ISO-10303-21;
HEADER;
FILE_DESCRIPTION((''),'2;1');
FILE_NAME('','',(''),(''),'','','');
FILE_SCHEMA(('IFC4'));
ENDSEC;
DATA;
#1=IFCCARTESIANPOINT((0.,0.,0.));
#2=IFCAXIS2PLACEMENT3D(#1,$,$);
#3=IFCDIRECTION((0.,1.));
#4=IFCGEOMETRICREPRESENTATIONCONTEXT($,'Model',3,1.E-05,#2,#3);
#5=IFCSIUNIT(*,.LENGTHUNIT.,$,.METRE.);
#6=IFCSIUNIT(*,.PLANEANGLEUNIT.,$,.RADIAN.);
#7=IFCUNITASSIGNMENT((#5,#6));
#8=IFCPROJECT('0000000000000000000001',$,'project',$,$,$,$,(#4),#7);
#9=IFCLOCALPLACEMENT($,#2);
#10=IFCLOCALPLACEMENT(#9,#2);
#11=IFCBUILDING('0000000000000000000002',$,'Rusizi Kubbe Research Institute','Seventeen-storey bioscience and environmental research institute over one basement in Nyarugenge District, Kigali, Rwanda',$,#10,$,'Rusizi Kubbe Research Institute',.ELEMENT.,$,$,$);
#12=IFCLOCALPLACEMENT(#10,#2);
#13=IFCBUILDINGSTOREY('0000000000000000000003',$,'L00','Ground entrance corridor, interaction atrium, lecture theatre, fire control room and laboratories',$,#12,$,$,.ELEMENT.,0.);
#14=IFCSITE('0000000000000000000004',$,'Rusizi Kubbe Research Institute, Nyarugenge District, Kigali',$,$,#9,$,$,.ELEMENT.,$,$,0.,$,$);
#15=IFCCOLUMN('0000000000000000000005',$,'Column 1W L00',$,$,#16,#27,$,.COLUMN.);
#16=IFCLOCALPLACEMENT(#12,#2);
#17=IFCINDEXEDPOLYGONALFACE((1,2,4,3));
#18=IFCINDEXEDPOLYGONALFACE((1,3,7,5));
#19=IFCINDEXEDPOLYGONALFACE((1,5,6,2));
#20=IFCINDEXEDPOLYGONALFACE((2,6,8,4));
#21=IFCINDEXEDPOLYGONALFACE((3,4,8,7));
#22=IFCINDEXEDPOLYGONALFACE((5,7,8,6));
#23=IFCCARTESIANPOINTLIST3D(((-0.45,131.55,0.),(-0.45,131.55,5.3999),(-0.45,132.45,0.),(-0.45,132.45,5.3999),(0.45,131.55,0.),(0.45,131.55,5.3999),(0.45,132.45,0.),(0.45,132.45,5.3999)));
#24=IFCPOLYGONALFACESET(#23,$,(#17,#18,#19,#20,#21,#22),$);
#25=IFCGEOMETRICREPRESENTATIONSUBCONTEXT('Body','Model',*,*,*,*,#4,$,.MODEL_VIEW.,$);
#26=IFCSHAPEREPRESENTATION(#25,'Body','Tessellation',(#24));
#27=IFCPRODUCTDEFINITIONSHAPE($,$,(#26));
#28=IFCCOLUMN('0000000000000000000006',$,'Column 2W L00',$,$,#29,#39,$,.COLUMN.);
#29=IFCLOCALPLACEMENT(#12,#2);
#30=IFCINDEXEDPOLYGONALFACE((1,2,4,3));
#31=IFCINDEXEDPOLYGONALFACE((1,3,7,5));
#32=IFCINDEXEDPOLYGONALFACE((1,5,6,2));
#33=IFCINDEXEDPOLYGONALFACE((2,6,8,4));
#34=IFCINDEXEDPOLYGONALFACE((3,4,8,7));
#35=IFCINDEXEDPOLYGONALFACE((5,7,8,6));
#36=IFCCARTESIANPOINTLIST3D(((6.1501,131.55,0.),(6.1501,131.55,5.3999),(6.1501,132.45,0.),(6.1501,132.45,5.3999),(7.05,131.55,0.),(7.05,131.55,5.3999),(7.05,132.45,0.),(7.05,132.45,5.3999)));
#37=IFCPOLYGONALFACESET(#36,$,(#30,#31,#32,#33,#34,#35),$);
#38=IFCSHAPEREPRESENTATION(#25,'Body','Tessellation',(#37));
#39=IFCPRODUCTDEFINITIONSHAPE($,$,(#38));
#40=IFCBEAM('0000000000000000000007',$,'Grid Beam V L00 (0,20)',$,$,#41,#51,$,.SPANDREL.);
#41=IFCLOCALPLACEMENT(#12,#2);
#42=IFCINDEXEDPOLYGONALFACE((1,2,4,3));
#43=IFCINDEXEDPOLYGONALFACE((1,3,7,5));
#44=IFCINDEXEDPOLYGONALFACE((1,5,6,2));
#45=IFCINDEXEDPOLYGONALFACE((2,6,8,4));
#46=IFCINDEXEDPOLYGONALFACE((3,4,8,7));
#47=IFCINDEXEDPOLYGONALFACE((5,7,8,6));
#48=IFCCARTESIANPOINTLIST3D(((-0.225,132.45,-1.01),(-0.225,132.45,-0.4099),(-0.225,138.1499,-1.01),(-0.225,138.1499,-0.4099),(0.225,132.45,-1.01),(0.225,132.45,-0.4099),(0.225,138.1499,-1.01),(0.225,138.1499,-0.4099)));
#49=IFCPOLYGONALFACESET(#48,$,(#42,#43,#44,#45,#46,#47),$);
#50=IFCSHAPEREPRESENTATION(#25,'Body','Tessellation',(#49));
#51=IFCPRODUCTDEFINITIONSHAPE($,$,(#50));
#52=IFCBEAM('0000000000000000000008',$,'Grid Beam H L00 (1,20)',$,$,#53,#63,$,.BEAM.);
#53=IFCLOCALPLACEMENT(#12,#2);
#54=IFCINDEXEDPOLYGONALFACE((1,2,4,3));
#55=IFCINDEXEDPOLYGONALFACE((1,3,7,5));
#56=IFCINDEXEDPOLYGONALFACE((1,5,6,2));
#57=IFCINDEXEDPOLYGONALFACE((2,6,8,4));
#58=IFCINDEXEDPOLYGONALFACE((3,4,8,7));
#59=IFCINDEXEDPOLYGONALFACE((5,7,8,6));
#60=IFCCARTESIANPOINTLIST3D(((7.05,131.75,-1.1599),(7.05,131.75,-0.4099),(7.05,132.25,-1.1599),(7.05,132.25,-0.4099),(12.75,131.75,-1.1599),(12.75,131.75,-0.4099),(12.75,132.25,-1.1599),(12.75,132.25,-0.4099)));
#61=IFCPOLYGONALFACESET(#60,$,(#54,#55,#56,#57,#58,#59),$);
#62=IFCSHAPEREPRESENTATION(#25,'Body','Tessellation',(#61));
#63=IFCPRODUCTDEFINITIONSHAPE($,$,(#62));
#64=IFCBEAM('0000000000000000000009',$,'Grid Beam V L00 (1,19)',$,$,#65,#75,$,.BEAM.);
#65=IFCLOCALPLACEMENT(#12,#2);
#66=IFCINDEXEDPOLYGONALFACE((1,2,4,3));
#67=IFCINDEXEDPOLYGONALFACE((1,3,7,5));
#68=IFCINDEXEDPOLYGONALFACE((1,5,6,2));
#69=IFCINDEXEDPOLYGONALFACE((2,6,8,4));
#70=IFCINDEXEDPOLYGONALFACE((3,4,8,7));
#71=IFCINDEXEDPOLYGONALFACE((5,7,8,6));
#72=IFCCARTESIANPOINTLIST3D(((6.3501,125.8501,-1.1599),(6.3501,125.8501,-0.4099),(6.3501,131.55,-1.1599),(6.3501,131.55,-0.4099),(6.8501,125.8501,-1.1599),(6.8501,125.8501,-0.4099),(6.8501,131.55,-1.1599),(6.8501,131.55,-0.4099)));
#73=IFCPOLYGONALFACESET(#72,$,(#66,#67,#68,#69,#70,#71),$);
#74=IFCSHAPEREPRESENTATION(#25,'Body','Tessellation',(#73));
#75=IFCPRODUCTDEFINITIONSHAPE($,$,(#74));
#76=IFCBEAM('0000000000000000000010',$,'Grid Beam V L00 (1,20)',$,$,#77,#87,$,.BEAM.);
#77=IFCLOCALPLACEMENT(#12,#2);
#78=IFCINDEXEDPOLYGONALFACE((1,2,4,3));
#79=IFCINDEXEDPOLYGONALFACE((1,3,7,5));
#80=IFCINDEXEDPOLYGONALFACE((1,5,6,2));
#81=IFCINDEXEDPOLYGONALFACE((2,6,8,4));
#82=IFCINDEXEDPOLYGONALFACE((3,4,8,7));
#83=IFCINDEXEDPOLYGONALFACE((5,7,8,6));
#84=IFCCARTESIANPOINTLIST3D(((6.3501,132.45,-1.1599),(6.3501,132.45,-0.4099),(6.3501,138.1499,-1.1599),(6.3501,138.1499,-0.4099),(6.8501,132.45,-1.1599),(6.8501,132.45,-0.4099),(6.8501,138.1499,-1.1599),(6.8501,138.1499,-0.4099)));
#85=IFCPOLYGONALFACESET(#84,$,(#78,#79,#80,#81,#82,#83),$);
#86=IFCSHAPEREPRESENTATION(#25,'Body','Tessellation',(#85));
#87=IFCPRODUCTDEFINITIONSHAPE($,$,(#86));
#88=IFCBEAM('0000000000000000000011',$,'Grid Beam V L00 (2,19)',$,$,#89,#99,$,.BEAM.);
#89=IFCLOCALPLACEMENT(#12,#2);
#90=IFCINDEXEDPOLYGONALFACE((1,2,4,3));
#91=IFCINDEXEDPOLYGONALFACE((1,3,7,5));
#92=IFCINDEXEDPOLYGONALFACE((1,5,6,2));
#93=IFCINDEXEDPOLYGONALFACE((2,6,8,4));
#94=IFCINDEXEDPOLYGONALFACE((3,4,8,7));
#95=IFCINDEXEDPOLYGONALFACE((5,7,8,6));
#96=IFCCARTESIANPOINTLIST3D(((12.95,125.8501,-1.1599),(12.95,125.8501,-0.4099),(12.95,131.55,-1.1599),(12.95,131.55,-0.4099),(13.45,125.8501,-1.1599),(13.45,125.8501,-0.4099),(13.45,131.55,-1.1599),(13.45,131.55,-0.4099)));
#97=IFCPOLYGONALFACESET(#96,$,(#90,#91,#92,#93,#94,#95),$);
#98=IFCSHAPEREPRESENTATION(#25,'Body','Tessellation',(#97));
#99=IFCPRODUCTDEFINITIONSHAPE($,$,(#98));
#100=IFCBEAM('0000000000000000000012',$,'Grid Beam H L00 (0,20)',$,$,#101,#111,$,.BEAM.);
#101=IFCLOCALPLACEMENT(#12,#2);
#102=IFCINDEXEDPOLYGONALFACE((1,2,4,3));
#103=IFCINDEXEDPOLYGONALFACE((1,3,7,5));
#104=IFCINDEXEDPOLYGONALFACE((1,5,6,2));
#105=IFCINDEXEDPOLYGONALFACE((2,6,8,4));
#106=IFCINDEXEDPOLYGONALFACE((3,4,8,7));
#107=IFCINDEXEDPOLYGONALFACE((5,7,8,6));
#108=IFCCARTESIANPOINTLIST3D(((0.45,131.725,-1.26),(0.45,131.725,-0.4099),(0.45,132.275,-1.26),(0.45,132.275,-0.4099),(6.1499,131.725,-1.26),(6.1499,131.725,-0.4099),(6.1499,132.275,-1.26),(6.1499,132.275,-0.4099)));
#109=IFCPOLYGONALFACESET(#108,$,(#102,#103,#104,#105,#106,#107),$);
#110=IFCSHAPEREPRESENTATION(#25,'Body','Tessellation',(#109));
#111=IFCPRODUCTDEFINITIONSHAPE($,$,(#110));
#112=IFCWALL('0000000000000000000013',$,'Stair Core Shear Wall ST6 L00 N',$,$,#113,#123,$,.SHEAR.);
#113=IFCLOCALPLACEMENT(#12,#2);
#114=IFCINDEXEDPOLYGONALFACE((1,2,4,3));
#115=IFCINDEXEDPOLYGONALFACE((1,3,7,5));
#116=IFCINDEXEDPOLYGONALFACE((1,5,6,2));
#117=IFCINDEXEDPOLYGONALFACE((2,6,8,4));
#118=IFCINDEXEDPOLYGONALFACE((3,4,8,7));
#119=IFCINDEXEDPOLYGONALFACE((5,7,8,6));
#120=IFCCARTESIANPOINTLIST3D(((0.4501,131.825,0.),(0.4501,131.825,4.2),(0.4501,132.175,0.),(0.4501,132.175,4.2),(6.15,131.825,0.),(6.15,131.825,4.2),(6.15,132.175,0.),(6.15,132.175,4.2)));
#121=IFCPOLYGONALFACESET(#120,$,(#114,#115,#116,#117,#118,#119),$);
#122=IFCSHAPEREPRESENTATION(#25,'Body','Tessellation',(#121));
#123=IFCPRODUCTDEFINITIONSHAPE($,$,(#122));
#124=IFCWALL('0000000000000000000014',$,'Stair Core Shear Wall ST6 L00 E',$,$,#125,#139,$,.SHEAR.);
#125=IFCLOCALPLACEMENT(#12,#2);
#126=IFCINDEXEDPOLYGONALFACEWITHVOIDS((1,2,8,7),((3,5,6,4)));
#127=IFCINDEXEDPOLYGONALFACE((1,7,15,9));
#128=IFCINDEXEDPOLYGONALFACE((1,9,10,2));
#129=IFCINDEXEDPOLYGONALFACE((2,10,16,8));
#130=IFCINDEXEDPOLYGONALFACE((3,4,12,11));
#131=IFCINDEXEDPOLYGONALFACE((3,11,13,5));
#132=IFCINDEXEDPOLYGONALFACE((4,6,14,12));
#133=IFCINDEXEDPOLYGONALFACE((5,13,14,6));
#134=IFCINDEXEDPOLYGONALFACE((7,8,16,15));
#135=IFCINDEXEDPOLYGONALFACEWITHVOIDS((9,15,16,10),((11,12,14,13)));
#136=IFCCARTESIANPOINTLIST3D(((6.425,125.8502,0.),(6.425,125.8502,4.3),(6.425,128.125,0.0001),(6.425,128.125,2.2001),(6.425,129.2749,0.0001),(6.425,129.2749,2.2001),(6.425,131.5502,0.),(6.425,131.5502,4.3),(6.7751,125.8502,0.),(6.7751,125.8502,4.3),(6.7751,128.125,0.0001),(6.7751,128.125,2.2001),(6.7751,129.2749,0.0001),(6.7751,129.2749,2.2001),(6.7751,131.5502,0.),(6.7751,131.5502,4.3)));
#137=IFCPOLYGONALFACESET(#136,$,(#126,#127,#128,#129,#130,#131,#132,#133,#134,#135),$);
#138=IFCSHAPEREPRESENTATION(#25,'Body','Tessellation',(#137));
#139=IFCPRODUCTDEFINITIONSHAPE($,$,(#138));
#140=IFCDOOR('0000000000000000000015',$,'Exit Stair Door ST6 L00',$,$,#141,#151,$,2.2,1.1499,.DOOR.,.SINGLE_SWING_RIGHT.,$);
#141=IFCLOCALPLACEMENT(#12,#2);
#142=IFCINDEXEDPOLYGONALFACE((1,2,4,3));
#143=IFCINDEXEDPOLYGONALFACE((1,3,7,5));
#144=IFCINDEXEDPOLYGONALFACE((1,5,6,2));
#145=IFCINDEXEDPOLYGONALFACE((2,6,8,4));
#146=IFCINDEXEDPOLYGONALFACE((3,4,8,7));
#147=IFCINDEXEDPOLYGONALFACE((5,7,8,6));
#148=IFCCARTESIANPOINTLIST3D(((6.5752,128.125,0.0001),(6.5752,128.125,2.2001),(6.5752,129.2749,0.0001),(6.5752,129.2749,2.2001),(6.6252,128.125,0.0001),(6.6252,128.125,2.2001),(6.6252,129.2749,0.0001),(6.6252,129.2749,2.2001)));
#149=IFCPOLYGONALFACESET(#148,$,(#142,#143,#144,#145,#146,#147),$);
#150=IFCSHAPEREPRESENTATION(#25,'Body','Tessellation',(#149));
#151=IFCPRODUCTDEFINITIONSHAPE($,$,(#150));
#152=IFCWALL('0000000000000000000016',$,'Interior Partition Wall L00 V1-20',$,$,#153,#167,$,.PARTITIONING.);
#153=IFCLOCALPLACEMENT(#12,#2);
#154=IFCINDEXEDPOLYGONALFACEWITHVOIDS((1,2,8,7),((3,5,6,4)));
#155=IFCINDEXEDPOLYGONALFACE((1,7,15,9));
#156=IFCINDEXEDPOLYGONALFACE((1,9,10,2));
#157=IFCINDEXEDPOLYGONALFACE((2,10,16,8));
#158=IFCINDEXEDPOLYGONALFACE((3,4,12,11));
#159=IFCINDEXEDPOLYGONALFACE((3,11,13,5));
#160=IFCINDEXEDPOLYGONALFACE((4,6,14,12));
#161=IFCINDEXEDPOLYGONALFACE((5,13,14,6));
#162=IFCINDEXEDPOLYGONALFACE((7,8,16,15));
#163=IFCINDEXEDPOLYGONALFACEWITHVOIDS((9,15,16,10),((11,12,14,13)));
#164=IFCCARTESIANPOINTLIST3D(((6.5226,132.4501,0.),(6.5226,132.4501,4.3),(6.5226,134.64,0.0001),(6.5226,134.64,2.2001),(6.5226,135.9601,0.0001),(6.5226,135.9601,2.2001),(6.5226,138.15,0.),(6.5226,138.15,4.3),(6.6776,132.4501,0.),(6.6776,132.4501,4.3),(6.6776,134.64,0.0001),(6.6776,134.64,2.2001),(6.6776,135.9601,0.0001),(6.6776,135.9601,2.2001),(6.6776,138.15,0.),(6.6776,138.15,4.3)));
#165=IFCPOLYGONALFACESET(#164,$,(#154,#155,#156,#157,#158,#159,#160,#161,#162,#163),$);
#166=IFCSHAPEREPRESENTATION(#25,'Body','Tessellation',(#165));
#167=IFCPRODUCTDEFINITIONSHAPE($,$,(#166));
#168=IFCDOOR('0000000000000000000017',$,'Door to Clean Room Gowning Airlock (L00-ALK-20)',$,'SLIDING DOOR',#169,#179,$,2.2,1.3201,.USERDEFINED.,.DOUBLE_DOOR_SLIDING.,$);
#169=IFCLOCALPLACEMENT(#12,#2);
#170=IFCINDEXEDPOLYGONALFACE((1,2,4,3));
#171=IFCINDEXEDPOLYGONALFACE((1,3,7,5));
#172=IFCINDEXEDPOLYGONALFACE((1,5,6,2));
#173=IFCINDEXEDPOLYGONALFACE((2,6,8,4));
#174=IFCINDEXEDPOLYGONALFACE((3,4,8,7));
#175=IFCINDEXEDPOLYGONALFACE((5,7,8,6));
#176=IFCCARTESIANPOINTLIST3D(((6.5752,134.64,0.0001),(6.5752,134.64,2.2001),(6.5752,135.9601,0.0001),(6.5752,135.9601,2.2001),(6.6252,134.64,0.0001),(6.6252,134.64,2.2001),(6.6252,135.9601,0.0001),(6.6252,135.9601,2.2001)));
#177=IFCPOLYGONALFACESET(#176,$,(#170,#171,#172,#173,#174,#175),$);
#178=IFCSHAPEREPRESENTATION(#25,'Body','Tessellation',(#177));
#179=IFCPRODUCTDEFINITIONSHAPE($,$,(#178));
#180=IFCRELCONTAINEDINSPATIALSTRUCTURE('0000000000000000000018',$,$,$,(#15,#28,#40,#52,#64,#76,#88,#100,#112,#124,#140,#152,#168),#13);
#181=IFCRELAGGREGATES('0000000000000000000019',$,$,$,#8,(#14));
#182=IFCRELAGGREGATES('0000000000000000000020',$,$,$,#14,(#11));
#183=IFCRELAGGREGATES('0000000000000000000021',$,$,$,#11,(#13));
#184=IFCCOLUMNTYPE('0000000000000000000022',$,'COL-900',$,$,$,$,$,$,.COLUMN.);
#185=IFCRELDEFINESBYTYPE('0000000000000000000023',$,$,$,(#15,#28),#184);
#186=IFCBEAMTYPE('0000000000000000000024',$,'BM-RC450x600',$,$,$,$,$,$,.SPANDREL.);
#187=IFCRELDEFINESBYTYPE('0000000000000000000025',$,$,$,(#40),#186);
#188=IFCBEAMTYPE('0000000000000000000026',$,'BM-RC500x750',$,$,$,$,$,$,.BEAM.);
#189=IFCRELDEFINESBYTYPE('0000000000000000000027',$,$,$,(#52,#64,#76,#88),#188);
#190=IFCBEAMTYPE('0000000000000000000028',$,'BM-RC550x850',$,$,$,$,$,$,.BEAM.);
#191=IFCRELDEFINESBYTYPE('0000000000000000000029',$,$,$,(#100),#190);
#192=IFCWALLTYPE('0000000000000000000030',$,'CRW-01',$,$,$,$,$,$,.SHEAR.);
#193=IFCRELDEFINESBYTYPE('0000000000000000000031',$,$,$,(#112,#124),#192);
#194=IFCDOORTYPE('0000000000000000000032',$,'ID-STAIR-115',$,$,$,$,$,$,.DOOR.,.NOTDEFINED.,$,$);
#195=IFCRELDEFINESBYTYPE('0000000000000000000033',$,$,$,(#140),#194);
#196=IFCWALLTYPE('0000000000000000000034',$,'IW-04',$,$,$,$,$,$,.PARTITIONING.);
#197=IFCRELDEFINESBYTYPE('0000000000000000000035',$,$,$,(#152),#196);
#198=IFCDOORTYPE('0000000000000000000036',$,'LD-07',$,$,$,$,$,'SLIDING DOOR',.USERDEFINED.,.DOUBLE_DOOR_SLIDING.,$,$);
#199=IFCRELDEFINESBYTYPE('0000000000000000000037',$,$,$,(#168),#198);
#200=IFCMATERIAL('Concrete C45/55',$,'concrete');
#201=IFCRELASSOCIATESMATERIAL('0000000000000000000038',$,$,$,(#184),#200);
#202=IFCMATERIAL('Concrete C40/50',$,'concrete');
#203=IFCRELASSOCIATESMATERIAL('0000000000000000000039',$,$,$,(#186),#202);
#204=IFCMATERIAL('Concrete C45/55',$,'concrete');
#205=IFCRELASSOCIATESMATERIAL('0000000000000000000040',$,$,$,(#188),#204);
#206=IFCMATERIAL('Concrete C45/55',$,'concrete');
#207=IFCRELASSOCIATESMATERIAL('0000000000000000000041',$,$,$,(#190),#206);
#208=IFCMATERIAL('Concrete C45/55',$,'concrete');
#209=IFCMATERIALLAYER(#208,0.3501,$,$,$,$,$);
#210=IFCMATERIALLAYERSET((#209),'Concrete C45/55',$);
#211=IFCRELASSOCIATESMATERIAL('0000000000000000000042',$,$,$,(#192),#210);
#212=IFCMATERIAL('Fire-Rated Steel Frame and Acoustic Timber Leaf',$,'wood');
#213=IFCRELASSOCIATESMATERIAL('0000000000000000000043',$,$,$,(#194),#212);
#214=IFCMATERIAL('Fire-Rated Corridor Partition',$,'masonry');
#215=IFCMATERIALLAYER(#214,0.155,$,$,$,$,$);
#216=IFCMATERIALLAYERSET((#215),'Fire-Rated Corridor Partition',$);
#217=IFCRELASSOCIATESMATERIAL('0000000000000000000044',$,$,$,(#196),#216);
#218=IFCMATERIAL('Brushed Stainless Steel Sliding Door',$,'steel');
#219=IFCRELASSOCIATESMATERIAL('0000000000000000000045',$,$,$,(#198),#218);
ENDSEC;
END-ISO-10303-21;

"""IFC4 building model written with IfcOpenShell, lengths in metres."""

from ifc_helpers import new_model, si_unit, direction, frame, frame_2d, origin, origin_2d, place, context, subcontext, project, spatial, rectangle, extrude, material, layer, layer_set, material_profile, profile_set, type_object, element, fill, save


model = new_model("IFC4")

# Units and contexts
model_context = context("Model", 3, precision=1e-05, world=origin(), true_north=direction((0.0, 1.0)))
body_context = subcontext(model_context, "Body", "Model", "MODEL_VIEW")
ifc_project = project(units=[si_unit("LENGTHUNIT", "METRE"), si_unit("PLANEANGLEUNIT", "RADIAN")], contexts=[model_context])

# Site, building, storey
site_placement = place(None, origin())
site = spatial("IfcSite", under=ifc_project, at=site_placement, Name="Rusizi Kubbe Research Institute, Nyarugenge District, Kigali", CompositionType="ELEMENT", RefElevation=0.0)
building_placement = place(site_placement, origin())
building = spatial("IfcBuilding", under=site, at=building_placement, Name="Rusizi Kubbe Research Institute", Description="Seventeen-storey bioscience and environmental research institute over one basement in Nyarugenge District, Kigali, Rwanda", LongName="Rusizi Kubbe Research Institute", CompositionType="ELEMENT")
storey_placement = place(building_placement, origin())
storey = spatial("IfcBuildingStorey", under=building, at=storey_placement, Name="L00", Description="Ground entrance corridor, interaction atrium, lecture theatre, fire control room and laboratories", CompositionType="ELEMENT", Elevation=0.0)

# Columns
ifc_material_1 = material(Name="Concrete C45/55", Category="concrete")
ifc_material_profile_1 = material_profile(ifc_material_1, rectangle(XDim=0.8999, YDim=0.8999, at=origin_2d()), Name="RC900x900")
ifc_profile_set_1 = profile_set([ifc_material_profile_1], Name="Concrete C45/55")
column_type = type_object("IfcColumnType", Name="COL-900", PredefinedType="COLUMN", material=ifc_profile_set_1)
for number, where, z_axis, x_axis, name in (
    (1, (0.0, 132.0, 0.0), (0.0, 0.0, 1.0), (1.0, 0.0, 0.0), "Column 1W L00"),
    (2, (6.6001, 132.0, 0.0), (0.0, 0.0, 1.0), (1.0, 0.0, 0.0), "Column 2W L00"),
):
    element("IfcColumn", number, at=place(storey_placement, frame(where, z_axis=z_axis, x_axis=x_axis)), inside=storey, type_object=column_type, Name=name, PredefinedType="COLUMN", context=body_context, shape_type="SweptSolid", body=[
        extrude(rectangle(XDim=0.8999, YDim=0.8999, at=origin_2d()), origin(), (0.0, 0.0, 1.0), 5.3999),
    ])

# Beams
ifc_material_2 = material(Name="Concrete C40/50", Category="concrete")
ifc_material_profile_2 = material_profile(ifc_material_2, rectangle(XDim=0.45, YDim=0.6001, at=origin_2d()), Name="RC450x600")
ifc_profile_set_2 = profile_set([ifc_material_profile_2], Name="Concrete C40/50")
beam_type_1 = type_object("IfcBeamType", Name="BM-RC450x600", PredefinedType="SPANDREL", material=ifc_profile_set_2)
beam_1_placement = place(storey_placement, frame((0.0, 132.45, -0.71), z_axis=(0.0, 1.0, 0.0), x_axis=(-1.0, 0.0, 0.0)))
element("IfcBeam", 3, at=beam_1_placement, inside=storey, type_object=beam_type_1, Name="Grid Beam V L00 (0,20)", PredefinedType="SPANDREL", context=body_context, shape_type="SweptSolid", body=[
    extrude(rectangle(XDim=0.45, YDim=0.6001, at=origin_2d()), origin(), (0.0, 0.0, 1.0), 5.7),
])
ifc_material_3 = material(Name="Concrete C45/55", Category="concrete")
ifc_material_profile_3 = material_profile(ifc_material_3, rectangle(XDim=0.5, YDim=0.75, at=origin_2d()), Name="RC500x750B")
ifc_profile_set_3 = profile_set([ifc_material_profile_3], Name="Concrete C45/55")
beam_type_2 = type_object("IfcBeamType", Name="BM-RC500x750", PredefinedType="BEAM", material=ifc_profile_set_3)
for number, where, z_axis, x_axis, name in (
    (4, (7.05, 132.0, -0.7849), (1.0, 0.0, 0.0), (0.0, 1.0, 0.0), "Grid Beam H L00 (1,20)"),
    (5, (6.6001, 125.8501, -0.7849), (0.0, 1.0, 0.0), (-1.0, 0.0, 0.0), "Grid Beam V L00 (1,19)"),
    (6, (6.6001, 132.45, -0.7849), (0.0, 1.0, 0.0), (-1.0, 0.0, 0.0), "Grid Beam V L00 (1,20)"),
    (7, (13.2, 125.8501, -0.7849), (0.0, 1.0, 0.0), (-1.0, 0.0, 0.0), "Grid Beam V L00 (2,19)"),
):
    element("IfcBeam", number, at=place(storey_placement, frame(where, z_axis=z_axis, x_axis=x_axis)), inside=storey, type_object=beam_type_2, Name=name, PredefinedType="BEAM", context=body_context, shape_type="SweptSolid", body=[
        extrude(rectangle(XDim=0.5, YDim=0.75, at=origin_2d()), origin(), (0.0, 0.0, 1.0), 5.7),
    ])
ifc_material_4 = material(Name="Concrete C45/55", Category="concrete")
ifc_material_profile_4 = material_profile(ifc_material_4, rectangle(XDim=0.55, YDim=0.8501, at=origin_2d()), Name="RC550x850")
ifc_profile_set_4 = profile_set([ifc_material_profile_4], Name="Concrete C45/55")
beam_type_3 = type_object("IfcBeamType", Name="BM-RC550x850", PredefinedType="BEAM", material=ifc_profile_set_4)
beam_2_placement = place(storey_placement, frame((0.45, 132.0, -0.835), z_axis=(1.0, 0.0, 0.0), x_axis=(0.0, 1.0, 0.0)))
element("IfcBeam", 8, at=beam_2_placement, inside=storey, type_object=beam_type_3, Name="Grid Beam H L00 (0,20)", PredefinedType="BEAM", context=body_context, shape_type="SweptSolid", body=[
    extrude(rectangle(XDim=0.55, YDim=0.8501, at=origin_2d()), origin(), (0.0, 0.0, 1.0), 5.7),
])

# Wall
ifc_material_5 = material(Name="Concrete C45/55", Category="concrete")
ifc_layer_1 = layer(ifc_material_5, 0.3501)
ifc_layer_set_1 = layer_set([ifc_layer_1], Name="Concrete C45/55")
wall_type_1 = type_object("IfcWallType", Name="CRW-01", PredefinedType="SHEAR", material=ifc_layer_set_1)
wall_1_placement = place(storey_placement, frame((0.45, 132.0, 0.0), z_axis=(0.0, 0.0, 1.0), x_axis=(1.0, 0.0, 0.0)))
element("IfcWall", 9, at=wall_1_placement, inside=storey, type_object=wall_type_1, Name="Stair Core Shear Wall ST6 L00 N", PredefinedType="SHEAR", context=body_context, shape_type="SweptSolid", body=[
    extrude(rectangle(XDim=5.7, YDim=0.3501, at=frame_2d((2.8501, 0.0))), origin(), (0.0, 0.0, 1.0), 4.2),
])

# Walls, openings, doors
wall_2_placement = place(storey_placement, frame((6.6001, 125.8501, 0.0), z_axis=(0.0, 0.0, 1.0), x_axis=(0.0, 1.0, 0.0)))
wall_2 = element("IfcWall", 10, at=wall_2_placement, inside=storey, type_object=wall_type_1, Name="Stair Core Shear Wall ST6 L00 E", PredefinedType="SHEAR", context=body_context, shape_type="SweptSolid", body=[
    extrude(rectangle(XDim=5.7, YDim=0.3501, at=frame_2d((2.8501, 0.0))), origin(), (0.0, 0.0, 1.0), 4.3),
])
opening_1_placement = place(wall_2_placement, frame((2.2749, 0.0, 0.0)))
opening_1 = element("IfcOpeningElement", 11, at=opening_1_placement, cuts=wall_2, PredefinedType="OPENING", context=body_context, shape_type="SweptSolid", body=[
    extrude(rectangle(XDim=1.1499, YDim=2.2, at=frame_2d((0.575, 1.1001))), frame((0.0, 0.1851, 0.0), z_axis=(0.0, -1.0, 0.0), x_axis=(1.0, 0.0, 0.0)), (0.0, 0.0, 1.0), 0.3701),
])
ifc_material_6 = material(Name="Fire-Rated Steel Frame and Acoustic Timber Leaf", Category="wood")
door_type_1 = type_object("IfcDoorType", Name="ID-STAIR-115", OperationType="NOTDEFINED", PredefinedType="DOOR", material=ifc_material_6)
door_1_placement = place(opening_1_placement, origin())
door_1 = element("IfcDoor", 12, at=door_1_placement, inside=storey, type_object=door_type_1, Name="Exit Stair Door ST6 L00", OperationType="SINGLE_SWING_RIGHT", OverallHeight=2.2, OverallWidth=1.1499, PredefinedType="DOOR", context=body_context, shape_type="SweptSolid", body=[
    extrude(rectangle(XDim=1.1499, YDim=2.2, at=frame_2d((0.575, 1.1001))), frame((0.0, 0.0249, 0.0), z_axis=(0.0, -1.0, 0.0), x_axis=(1.0, 0.0, 0.0)), (0.0, 0.0, 1.0), 0.05),
])
fill(opening_1, door_1)
ifc_material_7 = material(Name="Fire-Rated Corridor Partition", Category="masonry")
ifc_layer_2 = layer(ifc_material_7, 0.155)
ifc_layer_set_2 = layer_set([ifc_layer_2], Name="Fire-Rated Corridor Partition")
wall_type_2 = type_object("IfcWallType", Name="IW-04", PredefinedType="PARTITIONING", material=ifc_layer_set_2)
wall_3_placement = place(storey_placement, frame((6.6001, 132.45, 0.0), z_axis=(0.0, 0.0, 1.0), x_axis=(0.0, 1.0, 0.0)))
wall_3 = element("IfcWall", 13, at=wall_3_placement, inside=storey, type_object=wall_type_2, Name="Interior Partition Wall L00 V1-20", PredefinedType="PARTITIONING", context=body_context, shape_type="SweptSolid", body=[
    extrude(rectangle(XDim=5.7, YDim=0.155, at=frame_2d((2.8501, 0.0))), origin(), (0.0, 0.0, 1.0), 4.3),
])
opening_2_placement = place(wall_3_placement, frame((2.1899, 0.0, 0.0)))
opening_2 = element("IfcOpeningElement", 14, at=opening_2_placement, cuts=wall_3, PredefinedType="OPENING", context=body_context, shape_type="SweptSolid", body=[
    extrude(rectangle(XDim=1.3201, YDim=2.2, at=frame_2d((0.6602, 1.1001))), frame((0.0, 0.0874, 0.0), z_axis=(0.0, -1.0, 0.0), x_axis=(1.0, 0.0, 0.0)), (0.0, 0.0, 1.0), 0.175),
])
ifc_material_8 = material(Name="Brushed Stainless Steel Sliding Door", Category="steel")
door_type_2 = type_object("IfcDoorType", Name="LD-07", ElementType="SLIDING DOOR", OperationType="DOUBLE_DOOR_SLIDING", PredefinedType="USERDEFINED", material=ifc_material_8)
door_2_placement = place(opening_2_placement, origin())
door_2 = element("IfcDoor", 15, at=door_2_placement, inside=storey, type_object=door_type_2, Name="Door to Clean Room Gowning Airlock (L00-ALK-20)", ObjectType="SLIDING DOOR", OperationType="DOUBLE_DOOR_SLIDING", OverallHeight=2.2, OverallWidth=1.3201, PredefinedType="USERDEFINED", context=body_context, shape_type="SweptSolid", body=[
    extrude(rectangle(XDim=1.3201, YDim=2.2, at=frame_2d((0.6602, 1.1001))), frame((0.0, 0.0249, 0.0), z_axis=(0.0, -1.0, 0.0), x_axis=(1.0, 0.0, 0.0)), (0.0, 0.0, 1.0), 0.05),
])
fill(opening_2, door_2)

save(model, "model.ifc")
